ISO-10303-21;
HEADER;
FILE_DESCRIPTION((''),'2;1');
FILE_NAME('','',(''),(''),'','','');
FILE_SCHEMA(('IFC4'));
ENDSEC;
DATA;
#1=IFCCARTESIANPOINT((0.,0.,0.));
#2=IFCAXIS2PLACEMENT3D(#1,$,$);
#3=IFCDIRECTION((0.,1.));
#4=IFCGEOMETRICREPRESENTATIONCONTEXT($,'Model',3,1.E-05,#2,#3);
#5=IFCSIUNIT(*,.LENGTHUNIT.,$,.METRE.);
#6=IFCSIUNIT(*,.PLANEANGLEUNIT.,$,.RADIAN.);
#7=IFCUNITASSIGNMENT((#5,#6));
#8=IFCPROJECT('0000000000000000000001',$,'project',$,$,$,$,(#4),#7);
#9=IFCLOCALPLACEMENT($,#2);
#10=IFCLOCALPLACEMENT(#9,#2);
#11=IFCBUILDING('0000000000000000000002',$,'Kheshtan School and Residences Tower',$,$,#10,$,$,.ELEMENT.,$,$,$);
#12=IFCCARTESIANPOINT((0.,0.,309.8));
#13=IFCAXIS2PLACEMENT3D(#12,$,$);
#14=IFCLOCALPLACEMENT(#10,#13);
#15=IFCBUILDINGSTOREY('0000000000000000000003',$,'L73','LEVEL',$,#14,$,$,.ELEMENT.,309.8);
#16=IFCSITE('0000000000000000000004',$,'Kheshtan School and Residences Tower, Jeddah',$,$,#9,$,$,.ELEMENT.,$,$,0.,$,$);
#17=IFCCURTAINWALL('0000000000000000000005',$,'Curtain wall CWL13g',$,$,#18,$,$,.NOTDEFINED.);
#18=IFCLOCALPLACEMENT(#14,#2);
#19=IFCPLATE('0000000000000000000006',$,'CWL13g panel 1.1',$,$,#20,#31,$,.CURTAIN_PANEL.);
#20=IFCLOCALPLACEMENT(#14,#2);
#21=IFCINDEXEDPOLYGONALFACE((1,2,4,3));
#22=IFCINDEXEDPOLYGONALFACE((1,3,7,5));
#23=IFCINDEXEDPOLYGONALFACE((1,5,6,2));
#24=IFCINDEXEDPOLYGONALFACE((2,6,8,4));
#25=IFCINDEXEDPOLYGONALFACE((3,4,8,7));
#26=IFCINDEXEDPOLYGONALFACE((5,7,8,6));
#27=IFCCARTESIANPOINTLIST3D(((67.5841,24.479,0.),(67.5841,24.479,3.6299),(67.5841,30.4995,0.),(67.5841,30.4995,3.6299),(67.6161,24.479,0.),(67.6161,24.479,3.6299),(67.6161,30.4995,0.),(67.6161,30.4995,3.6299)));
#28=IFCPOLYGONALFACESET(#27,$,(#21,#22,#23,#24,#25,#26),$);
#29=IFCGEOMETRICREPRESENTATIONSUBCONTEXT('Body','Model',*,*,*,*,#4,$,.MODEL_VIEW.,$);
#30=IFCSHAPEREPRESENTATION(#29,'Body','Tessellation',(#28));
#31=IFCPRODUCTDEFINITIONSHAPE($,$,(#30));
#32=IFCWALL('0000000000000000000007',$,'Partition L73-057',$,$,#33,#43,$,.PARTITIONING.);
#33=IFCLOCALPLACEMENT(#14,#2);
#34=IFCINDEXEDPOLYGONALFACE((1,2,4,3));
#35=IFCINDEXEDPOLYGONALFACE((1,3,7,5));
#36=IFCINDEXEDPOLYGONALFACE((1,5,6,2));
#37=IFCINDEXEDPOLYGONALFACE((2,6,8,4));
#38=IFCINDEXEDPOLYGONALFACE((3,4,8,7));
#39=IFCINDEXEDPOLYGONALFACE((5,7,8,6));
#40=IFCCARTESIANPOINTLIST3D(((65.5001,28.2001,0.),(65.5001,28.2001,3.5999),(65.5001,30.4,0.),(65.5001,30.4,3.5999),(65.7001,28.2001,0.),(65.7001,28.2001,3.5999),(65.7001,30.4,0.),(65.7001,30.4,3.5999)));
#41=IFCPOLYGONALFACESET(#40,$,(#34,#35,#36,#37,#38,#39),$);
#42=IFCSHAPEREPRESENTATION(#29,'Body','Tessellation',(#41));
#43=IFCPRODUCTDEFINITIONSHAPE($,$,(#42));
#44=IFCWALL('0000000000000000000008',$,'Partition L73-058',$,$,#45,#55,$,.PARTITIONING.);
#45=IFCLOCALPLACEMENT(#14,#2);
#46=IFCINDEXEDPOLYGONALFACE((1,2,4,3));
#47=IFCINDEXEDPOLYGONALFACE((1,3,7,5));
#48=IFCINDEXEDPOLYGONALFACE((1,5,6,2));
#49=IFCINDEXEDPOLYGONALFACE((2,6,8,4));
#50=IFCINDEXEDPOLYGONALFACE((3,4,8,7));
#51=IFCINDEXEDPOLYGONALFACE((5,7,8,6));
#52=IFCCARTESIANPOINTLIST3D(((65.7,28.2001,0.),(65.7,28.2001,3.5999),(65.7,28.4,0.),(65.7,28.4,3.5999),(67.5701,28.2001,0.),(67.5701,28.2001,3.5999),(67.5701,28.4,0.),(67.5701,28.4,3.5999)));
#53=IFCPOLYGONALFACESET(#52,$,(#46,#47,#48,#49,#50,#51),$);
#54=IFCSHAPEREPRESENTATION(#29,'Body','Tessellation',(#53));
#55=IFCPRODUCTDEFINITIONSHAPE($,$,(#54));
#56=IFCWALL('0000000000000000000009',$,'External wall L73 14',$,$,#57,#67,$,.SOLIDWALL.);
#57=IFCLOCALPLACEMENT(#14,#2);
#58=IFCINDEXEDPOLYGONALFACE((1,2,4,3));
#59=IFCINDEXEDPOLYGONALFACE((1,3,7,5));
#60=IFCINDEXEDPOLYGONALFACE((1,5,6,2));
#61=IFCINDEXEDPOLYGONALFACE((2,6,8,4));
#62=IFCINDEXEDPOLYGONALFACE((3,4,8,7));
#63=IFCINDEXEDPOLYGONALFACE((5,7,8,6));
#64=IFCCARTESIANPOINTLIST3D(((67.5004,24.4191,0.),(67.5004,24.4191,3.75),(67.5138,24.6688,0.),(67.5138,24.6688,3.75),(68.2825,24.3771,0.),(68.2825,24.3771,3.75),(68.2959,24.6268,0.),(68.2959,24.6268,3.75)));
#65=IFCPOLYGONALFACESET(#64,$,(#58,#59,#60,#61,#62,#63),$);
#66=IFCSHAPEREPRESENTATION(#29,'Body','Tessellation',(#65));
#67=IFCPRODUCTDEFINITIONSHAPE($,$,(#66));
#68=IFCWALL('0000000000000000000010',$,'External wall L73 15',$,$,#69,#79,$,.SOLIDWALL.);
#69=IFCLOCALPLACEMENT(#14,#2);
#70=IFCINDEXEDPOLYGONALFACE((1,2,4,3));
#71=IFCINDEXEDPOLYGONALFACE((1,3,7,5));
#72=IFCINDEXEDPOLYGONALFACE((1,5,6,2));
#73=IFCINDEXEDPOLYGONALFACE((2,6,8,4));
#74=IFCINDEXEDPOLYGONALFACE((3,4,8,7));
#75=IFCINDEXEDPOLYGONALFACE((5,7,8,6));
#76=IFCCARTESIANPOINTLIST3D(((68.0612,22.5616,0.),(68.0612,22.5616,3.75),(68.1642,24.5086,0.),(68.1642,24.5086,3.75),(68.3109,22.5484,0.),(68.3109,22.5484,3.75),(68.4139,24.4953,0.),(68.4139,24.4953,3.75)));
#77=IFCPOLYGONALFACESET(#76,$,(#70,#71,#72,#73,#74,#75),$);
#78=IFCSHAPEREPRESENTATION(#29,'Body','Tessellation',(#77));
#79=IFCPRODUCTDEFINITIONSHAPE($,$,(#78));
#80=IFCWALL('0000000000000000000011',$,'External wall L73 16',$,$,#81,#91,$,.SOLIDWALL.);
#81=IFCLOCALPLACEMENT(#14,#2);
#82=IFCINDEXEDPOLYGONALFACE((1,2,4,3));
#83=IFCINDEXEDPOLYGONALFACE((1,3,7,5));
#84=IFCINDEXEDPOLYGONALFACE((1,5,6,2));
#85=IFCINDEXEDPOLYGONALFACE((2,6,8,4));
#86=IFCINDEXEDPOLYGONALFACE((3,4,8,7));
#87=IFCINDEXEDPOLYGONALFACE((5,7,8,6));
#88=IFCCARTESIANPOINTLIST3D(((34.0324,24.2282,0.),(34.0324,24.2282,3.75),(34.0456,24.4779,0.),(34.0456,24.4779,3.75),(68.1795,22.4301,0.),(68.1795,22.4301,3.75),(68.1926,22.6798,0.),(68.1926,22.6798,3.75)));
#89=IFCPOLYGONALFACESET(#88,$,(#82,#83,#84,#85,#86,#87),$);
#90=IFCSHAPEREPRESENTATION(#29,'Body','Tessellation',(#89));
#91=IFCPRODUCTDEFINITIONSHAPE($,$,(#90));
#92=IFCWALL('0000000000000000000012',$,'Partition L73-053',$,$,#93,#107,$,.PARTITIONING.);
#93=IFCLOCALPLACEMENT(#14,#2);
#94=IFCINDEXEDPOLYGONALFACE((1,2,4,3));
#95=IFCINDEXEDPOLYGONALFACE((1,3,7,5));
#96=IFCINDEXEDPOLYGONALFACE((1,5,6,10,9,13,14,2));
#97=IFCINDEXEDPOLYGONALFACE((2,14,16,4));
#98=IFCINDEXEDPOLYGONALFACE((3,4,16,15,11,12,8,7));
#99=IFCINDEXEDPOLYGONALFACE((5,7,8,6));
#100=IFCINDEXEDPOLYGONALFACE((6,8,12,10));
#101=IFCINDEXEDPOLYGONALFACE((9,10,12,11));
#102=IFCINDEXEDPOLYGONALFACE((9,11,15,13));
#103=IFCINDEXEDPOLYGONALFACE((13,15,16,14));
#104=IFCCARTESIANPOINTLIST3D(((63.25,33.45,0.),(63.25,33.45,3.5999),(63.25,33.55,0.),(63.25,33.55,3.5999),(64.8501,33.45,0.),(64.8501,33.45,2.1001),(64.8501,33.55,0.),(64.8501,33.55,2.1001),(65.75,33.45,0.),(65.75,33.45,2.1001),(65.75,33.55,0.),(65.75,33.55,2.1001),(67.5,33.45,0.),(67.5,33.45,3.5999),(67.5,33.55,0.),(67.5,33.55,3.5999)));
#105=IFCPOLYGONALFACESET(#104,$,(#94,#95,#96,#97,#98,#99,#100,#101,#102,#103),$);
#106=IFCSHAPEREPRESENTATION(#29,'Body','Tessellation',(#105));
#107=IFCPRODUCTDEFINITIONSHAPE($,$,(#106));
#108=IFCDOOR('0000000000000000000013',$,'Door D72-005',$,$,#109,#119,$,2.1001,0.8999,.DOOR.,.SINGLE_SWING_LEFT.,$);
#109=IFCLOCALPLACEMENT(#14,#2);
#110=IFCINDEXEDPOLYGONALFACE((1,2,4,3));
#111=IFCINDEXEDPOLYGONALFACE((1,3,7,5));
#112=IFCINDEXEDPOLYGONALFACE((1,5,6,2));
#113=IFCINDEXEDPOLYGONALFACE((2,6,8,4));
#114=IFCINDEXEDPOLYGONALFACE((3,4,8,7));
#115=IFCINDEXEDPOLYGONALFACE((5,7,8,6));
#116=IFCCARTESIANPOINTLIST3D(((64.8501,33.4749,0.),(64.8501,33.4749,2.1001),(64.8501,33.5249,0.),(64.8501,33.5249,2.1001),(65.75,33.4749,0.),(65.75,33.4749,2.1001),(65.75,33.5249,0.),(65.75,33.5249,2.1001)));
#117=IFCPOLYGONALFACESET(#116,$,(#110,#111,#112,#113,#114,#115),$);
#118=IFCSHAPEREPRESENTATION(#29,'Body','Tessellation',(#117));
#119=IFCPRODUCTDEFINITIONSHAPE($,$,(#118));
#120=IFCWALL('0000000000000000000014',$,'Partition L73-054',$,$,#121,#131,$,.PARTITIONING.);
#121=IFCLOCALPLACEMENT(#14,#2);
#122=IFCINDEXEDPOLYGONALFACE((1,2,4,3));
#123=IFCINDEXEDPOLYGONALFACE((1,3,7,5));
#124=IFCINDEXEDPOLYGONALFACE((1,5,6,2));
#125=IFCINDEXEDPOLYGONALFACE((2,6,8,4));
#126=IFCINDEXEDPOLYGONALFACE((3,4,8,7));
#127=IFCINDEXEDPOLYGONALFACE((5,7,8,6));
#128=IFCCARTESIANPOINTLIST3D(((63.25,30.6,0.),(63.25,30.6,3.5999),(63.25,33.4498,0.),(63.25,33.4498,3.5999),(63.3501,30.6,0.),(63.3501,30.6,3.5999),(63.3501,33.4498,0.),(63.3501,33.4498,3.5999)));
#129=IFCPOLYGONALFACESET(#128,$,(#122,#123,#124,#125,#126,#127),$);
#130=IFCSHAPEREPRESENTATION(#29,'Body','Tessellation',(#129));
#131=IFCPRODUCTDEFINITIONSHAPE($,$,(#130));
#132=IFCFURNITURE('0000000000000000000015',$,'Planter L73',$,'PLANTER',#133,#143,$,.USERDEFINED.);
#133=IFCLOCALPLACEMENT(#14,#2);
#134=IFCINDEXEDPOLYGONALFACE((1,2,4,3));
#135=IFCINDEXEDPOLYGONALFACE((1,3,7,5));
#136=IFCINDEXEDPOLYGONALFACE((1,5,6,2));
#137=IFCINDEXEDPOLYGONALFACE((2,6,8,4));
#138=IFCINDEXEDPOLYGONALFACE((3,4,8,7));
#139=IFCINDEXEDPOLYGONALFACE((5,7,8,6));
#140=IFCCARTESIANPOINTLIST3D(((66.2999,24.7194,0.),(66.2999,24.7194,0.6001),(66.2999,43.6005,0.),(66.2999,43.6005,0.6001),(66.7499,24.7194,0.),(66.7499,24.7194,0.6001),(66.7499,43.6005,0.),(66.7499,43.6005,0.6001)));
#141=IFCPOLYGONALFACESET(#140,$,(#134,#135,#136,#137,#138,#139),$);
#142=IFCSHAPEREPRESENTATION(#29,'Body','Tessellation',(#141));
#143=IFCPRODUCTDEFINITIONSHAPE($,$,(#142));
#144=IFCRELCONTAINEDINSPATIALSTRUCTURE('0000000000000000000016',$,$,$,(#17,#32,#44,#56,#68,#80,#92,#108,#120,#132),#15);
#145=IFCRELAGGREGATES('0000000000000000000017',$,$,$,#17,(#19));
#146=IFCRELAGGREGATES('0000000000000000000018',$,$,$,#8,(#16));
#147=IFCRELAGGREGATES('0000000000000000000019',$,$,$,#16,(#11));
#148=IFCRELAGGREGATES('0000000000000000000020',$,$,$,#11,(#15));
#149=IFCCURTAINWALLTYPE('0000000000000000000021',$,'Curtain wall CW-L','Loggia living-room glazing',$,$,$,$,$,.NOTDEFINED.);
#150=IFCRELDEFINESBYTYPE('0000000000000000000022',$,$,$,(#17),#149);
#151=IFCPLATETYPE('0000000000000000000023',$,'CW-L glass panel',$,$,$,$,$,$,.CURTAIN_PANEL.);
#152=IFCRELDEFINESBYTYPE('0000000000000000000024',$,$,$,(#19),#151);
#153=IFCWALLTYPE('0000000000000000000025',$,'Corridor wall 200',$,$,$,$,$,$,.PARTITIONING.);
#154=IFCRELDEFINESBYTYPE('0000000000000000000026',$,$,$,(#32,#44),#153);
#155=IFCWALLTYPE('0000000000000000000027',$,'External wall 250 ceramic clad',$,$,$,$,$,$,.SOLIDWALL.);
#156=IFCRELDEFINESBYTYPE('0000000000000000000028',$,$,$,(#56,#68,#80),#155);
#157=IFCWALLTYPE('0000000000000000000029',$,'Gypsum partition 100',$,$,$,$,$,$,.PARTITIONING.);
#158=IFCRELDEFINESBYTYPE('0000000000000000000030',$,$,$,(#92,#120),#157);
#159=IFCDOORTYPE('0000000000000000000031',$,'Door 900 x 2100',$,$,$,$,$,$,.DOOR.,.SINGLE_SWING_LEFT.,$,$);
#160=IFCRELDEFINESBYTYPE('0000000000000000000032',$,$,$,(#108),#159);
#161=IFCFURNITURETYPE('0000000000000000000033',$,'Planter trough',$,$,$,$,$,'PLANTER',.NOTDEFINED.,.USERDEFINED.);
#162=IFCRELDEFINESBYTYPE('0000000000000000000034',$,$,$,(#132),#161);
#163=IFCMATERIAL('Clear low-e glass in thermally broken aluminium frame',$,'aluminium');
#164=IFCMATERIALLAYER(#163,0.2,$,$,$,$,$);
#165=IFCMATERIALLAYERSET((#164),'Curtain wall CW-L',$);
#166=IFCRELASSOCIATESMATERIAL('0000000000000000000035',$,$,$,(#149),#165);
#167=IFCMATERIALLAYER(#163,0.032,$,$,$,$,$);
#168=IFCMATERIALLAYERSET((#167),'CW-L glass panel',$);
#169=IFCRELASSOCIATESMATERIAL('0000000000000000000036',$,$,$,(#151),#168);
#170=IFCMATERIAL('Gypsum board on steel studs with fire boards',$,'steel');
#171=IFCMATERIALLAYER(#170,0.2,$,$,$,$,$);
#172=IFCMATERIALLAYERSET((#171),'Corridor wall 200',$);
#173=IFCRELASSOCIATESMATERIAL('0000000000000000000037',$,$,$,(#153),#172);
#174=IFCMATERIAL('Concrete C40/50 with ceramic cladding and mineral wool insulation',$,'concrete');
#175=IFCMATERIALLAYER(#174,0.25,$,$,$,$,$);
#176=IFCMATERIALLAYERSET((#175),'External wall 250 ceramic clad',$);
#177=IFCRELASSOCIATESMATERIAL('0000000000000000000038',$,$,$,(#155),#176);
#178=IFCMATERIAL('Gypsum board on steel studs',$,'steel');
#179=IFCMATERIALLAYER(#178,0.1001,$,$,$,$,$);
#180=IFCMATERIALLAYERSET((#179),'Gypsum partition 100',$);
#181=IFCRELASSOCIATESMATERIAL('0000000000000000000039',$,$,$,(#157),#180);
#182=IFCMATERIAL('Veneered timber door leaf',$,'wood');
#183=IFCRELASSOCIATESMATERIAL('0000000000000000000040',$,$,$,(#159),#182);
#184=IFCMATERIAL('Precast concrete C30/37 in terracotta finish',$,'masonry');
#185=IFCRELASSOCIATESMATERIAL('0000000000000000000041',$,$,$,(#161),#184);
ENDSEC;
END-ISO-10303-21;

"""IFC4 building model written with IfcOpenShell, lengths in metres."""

from ifc_helpers import new_model, si_unit, direction, frame, frame_2d, origin, origin_2d, place, context, subcontext, project, spatial, rectangle, extrude, source, transform, mapped, material, layer, layer_set, type_object, element, fill, aggregate, save


model = new_model("IFC4")

# Units and contexts
model_context = context("Model", 3, precision=1e-05, world=origin(), true_north=direction((0.0, 1.0)))
body_context = subcontext(model_context, "Body", "Model", "MODEL_VIEW")
ifc_project = project(units=[si_unit("LENGTHUNIT", "METRE"), si_unit("PLANEANGLEUNIT", "RADIAN")], contexts=[model_context])

# Site, building, storey
site_placement = place(None, origin())
site = spatial("IfcSite", under=ifc_project, at=site_placement, Name="Kheshtan School and Residences Tower, Jeddah", CompositionType="ELEMENT", RefElevation=0.0)
building_placement = place(site_placement, origin())
building = spatial("IfcBuilding", under=site, at=building_placement, Name="Kheshtan School and Residences Tower", CompositionType="ELEMENT")
storey_placement = place(building_placement, frame((0.0, 0.0, 309.8)))
storey = spatial("IfcBuildingStorey", under=building, at=storey_placement, Name="L73", Description="LEVEL", CompositionType="ELEMENT", Elevation=309.8)

# Shared definitions
ifc_material_1 = material(Name="Clear low-e glass in thermally broken aluminium frame", Category="aluminium")
ifc_layer_1 = layer(ifc_material_1, 0.2)
ifc_layer_set_1 = layer_set([ifc_layer_1], Name="Curtain wall CW-L")
curtain_wall_type = type_object("IfcCurtainWallType", Name="Curtain wall CW-L", Description="Loggia living-room glazing", PredefinedType="NOTDEFINED", material=ifc_layer_set_1)

# Curtain wall
curtain_wall_1_placement = place(storey_placement, origin())
curtain_wall_1 = element("IfcCurtainWall", 1, at=curtain_wall_1_placement, inside=storey, type_object=curtain_wall_type, Name="Curtain wall CWL13g", PredefinedType="NOTDEFINED")

# Plate
ifc_layer_2 = layer(ifc_material_1, 0.032)
ifc_layer_set_2 = layer_set([ifc_layer_2], Name="CW-L glass panel")
plate_type = type_object("IfcPlateType", Name="CW-L glass panel", PredefinedType="CURTAIN_PANEL", material=ifc_layer_set_2)
plate_1_placement = place(storey_placement, frame((67.6001, 27.4893, 0.0), z_axis=(0.0, 0.0, 1.0), x_axis=(0.0, -1.0, 0.0)))
plate_1 = element("IfcPlate", 2, at=plate_1_placement, type_object=plate_type, Name="CWL13g panel 1.1", PredefinedType="CURTAIN_PANEL", context=body_context, shape_type="SweptSolid", body=[
    extrude(rectangle(XDim=6.0205, YDim=0.032, at=origin_2d()), origin(), (0.0, 0.0, 1.0), 3.6299),
])
aggregate(curtain_wall_1, [plate_1])

# Walls
ifc_material_2 = material(Name="Gypsum board on steel studs with fire boards", Category="steel")
ifc_layer_3 = layer(ifc_material_2, 0.2)
ifc_layer_set_3 = layer_set([ifc_layer_3], Name="Corridor wall 200")
wall_type_1 = type_object("IfcWallType", Name="Corridor wall 200", PredefinedType="PARTITIONING", material=ifc_layer_set_3)
wall_1_placement = place(storey_placement, frame((65.6001, 28.2, 0.0), z_axis=(0.0, 0.0, 1.0), x_axis=(0.0, 1.0, 0.0)))
element("IfcWall", 3, at=wall_1_placement, inside=storey, type_object=wall_type_1, Name="Partition L73-057", PredefinedType="PARTITIONING", context=body_context, shape_type="SweptSolid", body=[
    extrude(rectangle(XDim=2.2, YDim=0.2, at=frame_2d((1.1001, 0.0))), origin(), (0.0, 0.0, 1.0), 3.5999),
])
wall_2_placement = place(storey_placement, frame((65.7, 28.3, 0.0), z_axis=(0.0, 0.0, 1.0), x_axis=(1.0, 0.0, 0.0)))
element("IfcWall", 4, at=wall_2_placement, inside=storey, type_object=wall_type_1, Name="Partition L73-058", PredefinedType="PARTITIONING", context=body_context, shape_type="SweptSolid", body=[
    extrude(rectangle(XDim=1.8701, YDim=0.2, at=frame_2d((0.9351, 0.0))), origin(), (0.0, 0.0, 1.0), 3.5999),
])
ifc_material_3 = material(Name="Concrete C40/50 with ceramic cladding and mineral wool insulation", Category="concrete")
ifc_layer_4 = layer(ifc_material_3, 0.25)
ifc_layer_set_4 = layer_set([ifc_layer_4], Name="External wall 250 ceramic clad")
wall_type_2 = type_object("IfcWallType", Name="External wall 250 ceramic clad", PredefinedType="SOLIDWALL", material=ifc_layer_set_4)
wall_3_placement = place(storey_placement, frame((67.5071, 24.5439, 0.0), z_axis=(0.0, 0.0, 1.0), x_axis=(0.998561, -0.053622, 0.0)))
element("IfcWall", 5, at=wall_3_placement, inside=storey, type_object=wall_type_2, Name="External wall L73 14", PredefinedType="SOLIDWALL", context=body_context, shape_type="SweptSolid", body=[
    extrude(rectangle(XDim=0.7832, YDim=0.25, at=frame_2d((0.3916, 0.0))), origin(), (0.0, 0.0, 1.0), 3.75),
])
wall_4_placement = place(storey_placement, frame((68.2891, 24.502, 0.0), z_axis=(0.0, 0.0, 1.0), x_axis=(-0.052841, -0.998603, 0.0)))
element("IfcWall", 6, at=wall_4_placement, inside=storey, type_object=wall_type_2, Name="External wall L73 15", PredefinedType="SOLIDWALL", context=body_context, shape_type="SweptSolid", body=[
    extrude(rectangle(XDim=1.9497, YDim=0.25, at=frame_2d((0.9749, 0.0))), origin(), (0.0, 0.0, 1.0), 3.75),
])
wall_5_placement = place(storey_placement, frame((68.186, 22.5549, 0.0), z_axis=(0.0, 0.0, 1.0), x_axis=(-0.998616, 0.052585, 0.0)))
element("IfcWall", 7, at=wall_5_placement, inside=storey, type_object=wall_type_2, Name="External wall L73 16", PredefinedType="SOLIDWALL", context=body_context, shape_type="SweptSolid", body=[
    extrude(rectangle(XDim=34.1943, YDim=0.25, at=frame_2d((17.0972, 0.0))), origin(), (0.0, 0.0, 1.0), 3.75),
])

# Wall, opening, door
ifc_material_4 = material(Name="Gypsum board on steel studs", Category="steel")
ifc_layer_5 = layer(ifc_material_4, 0.1001)
ifc_layer_set_5 = layer_set([ifc_layer_5], Name="Gypsum partition 100")
wall_type_3 = type_object("IfcWallType", Name="Gypsum partition 100", PredefinedType="PARTITIONING", material=ifc_layer_set_5)
wall_6_placement = place(storey_placement, frame((63.25, 33.5, 0.0), z_axis=(0.0, 0.0, 1.0), x_axis=(1.0, 0.0, 0.0)))
wall_6 = element("IfcWall", 8, at=wall_6_placement, inside=storey, type_object=wall_type_3, Name="Partition L73-053", PredefinedType="PARTITIONING", context=body_context, shape_type="SweptSolid", body=[
    extrude(rectangle(XDim=4.25, YDim=0.1001, at=frame_2d((2.125, 0.0))), origin(), (0.0, 0.0, 1.0), 3.5999),
])
opening_1_placement = place(wall_6_placement, frame((1.6001, 0.0, 0.0)))
opening_1 = element("IfcOpeningElement", 9, at=opening_1_placement, cuts=wall_6, PredefinedType="OPENING", context=body_context, shape_type="SweptSolid", body=[
    extrude(rectangle(XDim=0.8999, YDim=2.1001, at=frame_2d((0.45, 1.05))), frame((0.0, 0.0601, 0.0), z_axis=(0.0, -1.0, 0.0), x_axis=(1.0, 0.0, 0.0)), (0.0, 0.0, 1.0), 0.1201),
])
ifc_material_5 = material(Name="Veneered timber door leaf", Category="wood")
door_type_1 = type_object("IfcDoorType", Name="Door 900 x 2100", OperationType="SINGLE_SWING_LEFT", PredefinedType="DOOR", material=ifc_material_5)
shared_shape_1 = source(origin(), body_context, "Body", "SweptSolid", [
    extrude(rectangle(XDim=0.8999, YDim=2.1001, at=frame_2d((0.45, 1.05))), frame((0.0, 0.0249, 0.0), z_axis=(0.0, -1.0, 0.0), x_axis=(1.0, 0.0, 0.0)), (0.0, 0.0, 1.0), 0.05),
])
door_1_placement = place(opening_1_placement, origin())
door_1 = element("IfcDoor", 10, at=door_1_placement, inside=storey, type_object=door_type_1, Name="Door D72-005", OperationType="SINGLE_SWING_LEFT", OverallHeight=2.1001, OverallWidth=0.8999, PredefinedType="DOOR", context=body_context, shape_type="MappedRepresentation", body=[
    mapped(shared_shape_1, transform((0.0, 0.0, 0.0), x_axis=(1.0, 0.0, 0.0), y_axis=(0.0, 1.0, 0.0), z_axis=(0.0, 0.0, 1.0), scale=1.0)),
])
fill(opening_1, door_1)

# Wall
wall_7_placement = place(storey_placement, frame((63.3, 30.6001, 0.0), z_axis=(0.0, 0.0, 1.0), x_axis=(0.0, 1.0, 0.0)))
element("IfcWall", 11, at=wall_7_placement, inside=storey, type_object=wall_type_3, Name="Partition L73-054", PredefinedType="PARTITIONING", context=body_context, shape_type="SweptSolid", body=[
    extrude(rectangle(XDim=2.8499, YDim=0.1001, at=frame_2d((1.4248, 0.0))), origin(), (0.0, 0.0, 1.0), 3.5999),
])

# Furniture
ifc_material_6 = material(Name="Precast concrete C30/37 in terracotta finish", Category="masonry")
furniture_type = type_object("IfcFurnitureType", Name="Planter trough", ElementType="PLANTER", AssemblyPlace="NOTDEFINED", PredefinedType="USERDEFINED", material=ifc_material_6)
furniture_placement = place(storey_placement, frame((66.5249, 34.1599, 0.0), z_axis=(0.0, 0.0, 1.0), x_axis=(0.0, -1.0, 0.0)))
element("IfcFurniture", 12, at=furniture_placement, inside=storey, type_object=furniture_type, Name="Planter L73", ObjectType="PLANTER", PredefinedType="USERDEFINED", context=body_context, shape_type="SweptSolid", body=[
    extrude(rectangle(XDim=18.8811, YDim=0.45, at=origin_2d()), origin(), (0.0, 0.0, 1.0), 0.6001),
])

save(model, "model.ifc")
